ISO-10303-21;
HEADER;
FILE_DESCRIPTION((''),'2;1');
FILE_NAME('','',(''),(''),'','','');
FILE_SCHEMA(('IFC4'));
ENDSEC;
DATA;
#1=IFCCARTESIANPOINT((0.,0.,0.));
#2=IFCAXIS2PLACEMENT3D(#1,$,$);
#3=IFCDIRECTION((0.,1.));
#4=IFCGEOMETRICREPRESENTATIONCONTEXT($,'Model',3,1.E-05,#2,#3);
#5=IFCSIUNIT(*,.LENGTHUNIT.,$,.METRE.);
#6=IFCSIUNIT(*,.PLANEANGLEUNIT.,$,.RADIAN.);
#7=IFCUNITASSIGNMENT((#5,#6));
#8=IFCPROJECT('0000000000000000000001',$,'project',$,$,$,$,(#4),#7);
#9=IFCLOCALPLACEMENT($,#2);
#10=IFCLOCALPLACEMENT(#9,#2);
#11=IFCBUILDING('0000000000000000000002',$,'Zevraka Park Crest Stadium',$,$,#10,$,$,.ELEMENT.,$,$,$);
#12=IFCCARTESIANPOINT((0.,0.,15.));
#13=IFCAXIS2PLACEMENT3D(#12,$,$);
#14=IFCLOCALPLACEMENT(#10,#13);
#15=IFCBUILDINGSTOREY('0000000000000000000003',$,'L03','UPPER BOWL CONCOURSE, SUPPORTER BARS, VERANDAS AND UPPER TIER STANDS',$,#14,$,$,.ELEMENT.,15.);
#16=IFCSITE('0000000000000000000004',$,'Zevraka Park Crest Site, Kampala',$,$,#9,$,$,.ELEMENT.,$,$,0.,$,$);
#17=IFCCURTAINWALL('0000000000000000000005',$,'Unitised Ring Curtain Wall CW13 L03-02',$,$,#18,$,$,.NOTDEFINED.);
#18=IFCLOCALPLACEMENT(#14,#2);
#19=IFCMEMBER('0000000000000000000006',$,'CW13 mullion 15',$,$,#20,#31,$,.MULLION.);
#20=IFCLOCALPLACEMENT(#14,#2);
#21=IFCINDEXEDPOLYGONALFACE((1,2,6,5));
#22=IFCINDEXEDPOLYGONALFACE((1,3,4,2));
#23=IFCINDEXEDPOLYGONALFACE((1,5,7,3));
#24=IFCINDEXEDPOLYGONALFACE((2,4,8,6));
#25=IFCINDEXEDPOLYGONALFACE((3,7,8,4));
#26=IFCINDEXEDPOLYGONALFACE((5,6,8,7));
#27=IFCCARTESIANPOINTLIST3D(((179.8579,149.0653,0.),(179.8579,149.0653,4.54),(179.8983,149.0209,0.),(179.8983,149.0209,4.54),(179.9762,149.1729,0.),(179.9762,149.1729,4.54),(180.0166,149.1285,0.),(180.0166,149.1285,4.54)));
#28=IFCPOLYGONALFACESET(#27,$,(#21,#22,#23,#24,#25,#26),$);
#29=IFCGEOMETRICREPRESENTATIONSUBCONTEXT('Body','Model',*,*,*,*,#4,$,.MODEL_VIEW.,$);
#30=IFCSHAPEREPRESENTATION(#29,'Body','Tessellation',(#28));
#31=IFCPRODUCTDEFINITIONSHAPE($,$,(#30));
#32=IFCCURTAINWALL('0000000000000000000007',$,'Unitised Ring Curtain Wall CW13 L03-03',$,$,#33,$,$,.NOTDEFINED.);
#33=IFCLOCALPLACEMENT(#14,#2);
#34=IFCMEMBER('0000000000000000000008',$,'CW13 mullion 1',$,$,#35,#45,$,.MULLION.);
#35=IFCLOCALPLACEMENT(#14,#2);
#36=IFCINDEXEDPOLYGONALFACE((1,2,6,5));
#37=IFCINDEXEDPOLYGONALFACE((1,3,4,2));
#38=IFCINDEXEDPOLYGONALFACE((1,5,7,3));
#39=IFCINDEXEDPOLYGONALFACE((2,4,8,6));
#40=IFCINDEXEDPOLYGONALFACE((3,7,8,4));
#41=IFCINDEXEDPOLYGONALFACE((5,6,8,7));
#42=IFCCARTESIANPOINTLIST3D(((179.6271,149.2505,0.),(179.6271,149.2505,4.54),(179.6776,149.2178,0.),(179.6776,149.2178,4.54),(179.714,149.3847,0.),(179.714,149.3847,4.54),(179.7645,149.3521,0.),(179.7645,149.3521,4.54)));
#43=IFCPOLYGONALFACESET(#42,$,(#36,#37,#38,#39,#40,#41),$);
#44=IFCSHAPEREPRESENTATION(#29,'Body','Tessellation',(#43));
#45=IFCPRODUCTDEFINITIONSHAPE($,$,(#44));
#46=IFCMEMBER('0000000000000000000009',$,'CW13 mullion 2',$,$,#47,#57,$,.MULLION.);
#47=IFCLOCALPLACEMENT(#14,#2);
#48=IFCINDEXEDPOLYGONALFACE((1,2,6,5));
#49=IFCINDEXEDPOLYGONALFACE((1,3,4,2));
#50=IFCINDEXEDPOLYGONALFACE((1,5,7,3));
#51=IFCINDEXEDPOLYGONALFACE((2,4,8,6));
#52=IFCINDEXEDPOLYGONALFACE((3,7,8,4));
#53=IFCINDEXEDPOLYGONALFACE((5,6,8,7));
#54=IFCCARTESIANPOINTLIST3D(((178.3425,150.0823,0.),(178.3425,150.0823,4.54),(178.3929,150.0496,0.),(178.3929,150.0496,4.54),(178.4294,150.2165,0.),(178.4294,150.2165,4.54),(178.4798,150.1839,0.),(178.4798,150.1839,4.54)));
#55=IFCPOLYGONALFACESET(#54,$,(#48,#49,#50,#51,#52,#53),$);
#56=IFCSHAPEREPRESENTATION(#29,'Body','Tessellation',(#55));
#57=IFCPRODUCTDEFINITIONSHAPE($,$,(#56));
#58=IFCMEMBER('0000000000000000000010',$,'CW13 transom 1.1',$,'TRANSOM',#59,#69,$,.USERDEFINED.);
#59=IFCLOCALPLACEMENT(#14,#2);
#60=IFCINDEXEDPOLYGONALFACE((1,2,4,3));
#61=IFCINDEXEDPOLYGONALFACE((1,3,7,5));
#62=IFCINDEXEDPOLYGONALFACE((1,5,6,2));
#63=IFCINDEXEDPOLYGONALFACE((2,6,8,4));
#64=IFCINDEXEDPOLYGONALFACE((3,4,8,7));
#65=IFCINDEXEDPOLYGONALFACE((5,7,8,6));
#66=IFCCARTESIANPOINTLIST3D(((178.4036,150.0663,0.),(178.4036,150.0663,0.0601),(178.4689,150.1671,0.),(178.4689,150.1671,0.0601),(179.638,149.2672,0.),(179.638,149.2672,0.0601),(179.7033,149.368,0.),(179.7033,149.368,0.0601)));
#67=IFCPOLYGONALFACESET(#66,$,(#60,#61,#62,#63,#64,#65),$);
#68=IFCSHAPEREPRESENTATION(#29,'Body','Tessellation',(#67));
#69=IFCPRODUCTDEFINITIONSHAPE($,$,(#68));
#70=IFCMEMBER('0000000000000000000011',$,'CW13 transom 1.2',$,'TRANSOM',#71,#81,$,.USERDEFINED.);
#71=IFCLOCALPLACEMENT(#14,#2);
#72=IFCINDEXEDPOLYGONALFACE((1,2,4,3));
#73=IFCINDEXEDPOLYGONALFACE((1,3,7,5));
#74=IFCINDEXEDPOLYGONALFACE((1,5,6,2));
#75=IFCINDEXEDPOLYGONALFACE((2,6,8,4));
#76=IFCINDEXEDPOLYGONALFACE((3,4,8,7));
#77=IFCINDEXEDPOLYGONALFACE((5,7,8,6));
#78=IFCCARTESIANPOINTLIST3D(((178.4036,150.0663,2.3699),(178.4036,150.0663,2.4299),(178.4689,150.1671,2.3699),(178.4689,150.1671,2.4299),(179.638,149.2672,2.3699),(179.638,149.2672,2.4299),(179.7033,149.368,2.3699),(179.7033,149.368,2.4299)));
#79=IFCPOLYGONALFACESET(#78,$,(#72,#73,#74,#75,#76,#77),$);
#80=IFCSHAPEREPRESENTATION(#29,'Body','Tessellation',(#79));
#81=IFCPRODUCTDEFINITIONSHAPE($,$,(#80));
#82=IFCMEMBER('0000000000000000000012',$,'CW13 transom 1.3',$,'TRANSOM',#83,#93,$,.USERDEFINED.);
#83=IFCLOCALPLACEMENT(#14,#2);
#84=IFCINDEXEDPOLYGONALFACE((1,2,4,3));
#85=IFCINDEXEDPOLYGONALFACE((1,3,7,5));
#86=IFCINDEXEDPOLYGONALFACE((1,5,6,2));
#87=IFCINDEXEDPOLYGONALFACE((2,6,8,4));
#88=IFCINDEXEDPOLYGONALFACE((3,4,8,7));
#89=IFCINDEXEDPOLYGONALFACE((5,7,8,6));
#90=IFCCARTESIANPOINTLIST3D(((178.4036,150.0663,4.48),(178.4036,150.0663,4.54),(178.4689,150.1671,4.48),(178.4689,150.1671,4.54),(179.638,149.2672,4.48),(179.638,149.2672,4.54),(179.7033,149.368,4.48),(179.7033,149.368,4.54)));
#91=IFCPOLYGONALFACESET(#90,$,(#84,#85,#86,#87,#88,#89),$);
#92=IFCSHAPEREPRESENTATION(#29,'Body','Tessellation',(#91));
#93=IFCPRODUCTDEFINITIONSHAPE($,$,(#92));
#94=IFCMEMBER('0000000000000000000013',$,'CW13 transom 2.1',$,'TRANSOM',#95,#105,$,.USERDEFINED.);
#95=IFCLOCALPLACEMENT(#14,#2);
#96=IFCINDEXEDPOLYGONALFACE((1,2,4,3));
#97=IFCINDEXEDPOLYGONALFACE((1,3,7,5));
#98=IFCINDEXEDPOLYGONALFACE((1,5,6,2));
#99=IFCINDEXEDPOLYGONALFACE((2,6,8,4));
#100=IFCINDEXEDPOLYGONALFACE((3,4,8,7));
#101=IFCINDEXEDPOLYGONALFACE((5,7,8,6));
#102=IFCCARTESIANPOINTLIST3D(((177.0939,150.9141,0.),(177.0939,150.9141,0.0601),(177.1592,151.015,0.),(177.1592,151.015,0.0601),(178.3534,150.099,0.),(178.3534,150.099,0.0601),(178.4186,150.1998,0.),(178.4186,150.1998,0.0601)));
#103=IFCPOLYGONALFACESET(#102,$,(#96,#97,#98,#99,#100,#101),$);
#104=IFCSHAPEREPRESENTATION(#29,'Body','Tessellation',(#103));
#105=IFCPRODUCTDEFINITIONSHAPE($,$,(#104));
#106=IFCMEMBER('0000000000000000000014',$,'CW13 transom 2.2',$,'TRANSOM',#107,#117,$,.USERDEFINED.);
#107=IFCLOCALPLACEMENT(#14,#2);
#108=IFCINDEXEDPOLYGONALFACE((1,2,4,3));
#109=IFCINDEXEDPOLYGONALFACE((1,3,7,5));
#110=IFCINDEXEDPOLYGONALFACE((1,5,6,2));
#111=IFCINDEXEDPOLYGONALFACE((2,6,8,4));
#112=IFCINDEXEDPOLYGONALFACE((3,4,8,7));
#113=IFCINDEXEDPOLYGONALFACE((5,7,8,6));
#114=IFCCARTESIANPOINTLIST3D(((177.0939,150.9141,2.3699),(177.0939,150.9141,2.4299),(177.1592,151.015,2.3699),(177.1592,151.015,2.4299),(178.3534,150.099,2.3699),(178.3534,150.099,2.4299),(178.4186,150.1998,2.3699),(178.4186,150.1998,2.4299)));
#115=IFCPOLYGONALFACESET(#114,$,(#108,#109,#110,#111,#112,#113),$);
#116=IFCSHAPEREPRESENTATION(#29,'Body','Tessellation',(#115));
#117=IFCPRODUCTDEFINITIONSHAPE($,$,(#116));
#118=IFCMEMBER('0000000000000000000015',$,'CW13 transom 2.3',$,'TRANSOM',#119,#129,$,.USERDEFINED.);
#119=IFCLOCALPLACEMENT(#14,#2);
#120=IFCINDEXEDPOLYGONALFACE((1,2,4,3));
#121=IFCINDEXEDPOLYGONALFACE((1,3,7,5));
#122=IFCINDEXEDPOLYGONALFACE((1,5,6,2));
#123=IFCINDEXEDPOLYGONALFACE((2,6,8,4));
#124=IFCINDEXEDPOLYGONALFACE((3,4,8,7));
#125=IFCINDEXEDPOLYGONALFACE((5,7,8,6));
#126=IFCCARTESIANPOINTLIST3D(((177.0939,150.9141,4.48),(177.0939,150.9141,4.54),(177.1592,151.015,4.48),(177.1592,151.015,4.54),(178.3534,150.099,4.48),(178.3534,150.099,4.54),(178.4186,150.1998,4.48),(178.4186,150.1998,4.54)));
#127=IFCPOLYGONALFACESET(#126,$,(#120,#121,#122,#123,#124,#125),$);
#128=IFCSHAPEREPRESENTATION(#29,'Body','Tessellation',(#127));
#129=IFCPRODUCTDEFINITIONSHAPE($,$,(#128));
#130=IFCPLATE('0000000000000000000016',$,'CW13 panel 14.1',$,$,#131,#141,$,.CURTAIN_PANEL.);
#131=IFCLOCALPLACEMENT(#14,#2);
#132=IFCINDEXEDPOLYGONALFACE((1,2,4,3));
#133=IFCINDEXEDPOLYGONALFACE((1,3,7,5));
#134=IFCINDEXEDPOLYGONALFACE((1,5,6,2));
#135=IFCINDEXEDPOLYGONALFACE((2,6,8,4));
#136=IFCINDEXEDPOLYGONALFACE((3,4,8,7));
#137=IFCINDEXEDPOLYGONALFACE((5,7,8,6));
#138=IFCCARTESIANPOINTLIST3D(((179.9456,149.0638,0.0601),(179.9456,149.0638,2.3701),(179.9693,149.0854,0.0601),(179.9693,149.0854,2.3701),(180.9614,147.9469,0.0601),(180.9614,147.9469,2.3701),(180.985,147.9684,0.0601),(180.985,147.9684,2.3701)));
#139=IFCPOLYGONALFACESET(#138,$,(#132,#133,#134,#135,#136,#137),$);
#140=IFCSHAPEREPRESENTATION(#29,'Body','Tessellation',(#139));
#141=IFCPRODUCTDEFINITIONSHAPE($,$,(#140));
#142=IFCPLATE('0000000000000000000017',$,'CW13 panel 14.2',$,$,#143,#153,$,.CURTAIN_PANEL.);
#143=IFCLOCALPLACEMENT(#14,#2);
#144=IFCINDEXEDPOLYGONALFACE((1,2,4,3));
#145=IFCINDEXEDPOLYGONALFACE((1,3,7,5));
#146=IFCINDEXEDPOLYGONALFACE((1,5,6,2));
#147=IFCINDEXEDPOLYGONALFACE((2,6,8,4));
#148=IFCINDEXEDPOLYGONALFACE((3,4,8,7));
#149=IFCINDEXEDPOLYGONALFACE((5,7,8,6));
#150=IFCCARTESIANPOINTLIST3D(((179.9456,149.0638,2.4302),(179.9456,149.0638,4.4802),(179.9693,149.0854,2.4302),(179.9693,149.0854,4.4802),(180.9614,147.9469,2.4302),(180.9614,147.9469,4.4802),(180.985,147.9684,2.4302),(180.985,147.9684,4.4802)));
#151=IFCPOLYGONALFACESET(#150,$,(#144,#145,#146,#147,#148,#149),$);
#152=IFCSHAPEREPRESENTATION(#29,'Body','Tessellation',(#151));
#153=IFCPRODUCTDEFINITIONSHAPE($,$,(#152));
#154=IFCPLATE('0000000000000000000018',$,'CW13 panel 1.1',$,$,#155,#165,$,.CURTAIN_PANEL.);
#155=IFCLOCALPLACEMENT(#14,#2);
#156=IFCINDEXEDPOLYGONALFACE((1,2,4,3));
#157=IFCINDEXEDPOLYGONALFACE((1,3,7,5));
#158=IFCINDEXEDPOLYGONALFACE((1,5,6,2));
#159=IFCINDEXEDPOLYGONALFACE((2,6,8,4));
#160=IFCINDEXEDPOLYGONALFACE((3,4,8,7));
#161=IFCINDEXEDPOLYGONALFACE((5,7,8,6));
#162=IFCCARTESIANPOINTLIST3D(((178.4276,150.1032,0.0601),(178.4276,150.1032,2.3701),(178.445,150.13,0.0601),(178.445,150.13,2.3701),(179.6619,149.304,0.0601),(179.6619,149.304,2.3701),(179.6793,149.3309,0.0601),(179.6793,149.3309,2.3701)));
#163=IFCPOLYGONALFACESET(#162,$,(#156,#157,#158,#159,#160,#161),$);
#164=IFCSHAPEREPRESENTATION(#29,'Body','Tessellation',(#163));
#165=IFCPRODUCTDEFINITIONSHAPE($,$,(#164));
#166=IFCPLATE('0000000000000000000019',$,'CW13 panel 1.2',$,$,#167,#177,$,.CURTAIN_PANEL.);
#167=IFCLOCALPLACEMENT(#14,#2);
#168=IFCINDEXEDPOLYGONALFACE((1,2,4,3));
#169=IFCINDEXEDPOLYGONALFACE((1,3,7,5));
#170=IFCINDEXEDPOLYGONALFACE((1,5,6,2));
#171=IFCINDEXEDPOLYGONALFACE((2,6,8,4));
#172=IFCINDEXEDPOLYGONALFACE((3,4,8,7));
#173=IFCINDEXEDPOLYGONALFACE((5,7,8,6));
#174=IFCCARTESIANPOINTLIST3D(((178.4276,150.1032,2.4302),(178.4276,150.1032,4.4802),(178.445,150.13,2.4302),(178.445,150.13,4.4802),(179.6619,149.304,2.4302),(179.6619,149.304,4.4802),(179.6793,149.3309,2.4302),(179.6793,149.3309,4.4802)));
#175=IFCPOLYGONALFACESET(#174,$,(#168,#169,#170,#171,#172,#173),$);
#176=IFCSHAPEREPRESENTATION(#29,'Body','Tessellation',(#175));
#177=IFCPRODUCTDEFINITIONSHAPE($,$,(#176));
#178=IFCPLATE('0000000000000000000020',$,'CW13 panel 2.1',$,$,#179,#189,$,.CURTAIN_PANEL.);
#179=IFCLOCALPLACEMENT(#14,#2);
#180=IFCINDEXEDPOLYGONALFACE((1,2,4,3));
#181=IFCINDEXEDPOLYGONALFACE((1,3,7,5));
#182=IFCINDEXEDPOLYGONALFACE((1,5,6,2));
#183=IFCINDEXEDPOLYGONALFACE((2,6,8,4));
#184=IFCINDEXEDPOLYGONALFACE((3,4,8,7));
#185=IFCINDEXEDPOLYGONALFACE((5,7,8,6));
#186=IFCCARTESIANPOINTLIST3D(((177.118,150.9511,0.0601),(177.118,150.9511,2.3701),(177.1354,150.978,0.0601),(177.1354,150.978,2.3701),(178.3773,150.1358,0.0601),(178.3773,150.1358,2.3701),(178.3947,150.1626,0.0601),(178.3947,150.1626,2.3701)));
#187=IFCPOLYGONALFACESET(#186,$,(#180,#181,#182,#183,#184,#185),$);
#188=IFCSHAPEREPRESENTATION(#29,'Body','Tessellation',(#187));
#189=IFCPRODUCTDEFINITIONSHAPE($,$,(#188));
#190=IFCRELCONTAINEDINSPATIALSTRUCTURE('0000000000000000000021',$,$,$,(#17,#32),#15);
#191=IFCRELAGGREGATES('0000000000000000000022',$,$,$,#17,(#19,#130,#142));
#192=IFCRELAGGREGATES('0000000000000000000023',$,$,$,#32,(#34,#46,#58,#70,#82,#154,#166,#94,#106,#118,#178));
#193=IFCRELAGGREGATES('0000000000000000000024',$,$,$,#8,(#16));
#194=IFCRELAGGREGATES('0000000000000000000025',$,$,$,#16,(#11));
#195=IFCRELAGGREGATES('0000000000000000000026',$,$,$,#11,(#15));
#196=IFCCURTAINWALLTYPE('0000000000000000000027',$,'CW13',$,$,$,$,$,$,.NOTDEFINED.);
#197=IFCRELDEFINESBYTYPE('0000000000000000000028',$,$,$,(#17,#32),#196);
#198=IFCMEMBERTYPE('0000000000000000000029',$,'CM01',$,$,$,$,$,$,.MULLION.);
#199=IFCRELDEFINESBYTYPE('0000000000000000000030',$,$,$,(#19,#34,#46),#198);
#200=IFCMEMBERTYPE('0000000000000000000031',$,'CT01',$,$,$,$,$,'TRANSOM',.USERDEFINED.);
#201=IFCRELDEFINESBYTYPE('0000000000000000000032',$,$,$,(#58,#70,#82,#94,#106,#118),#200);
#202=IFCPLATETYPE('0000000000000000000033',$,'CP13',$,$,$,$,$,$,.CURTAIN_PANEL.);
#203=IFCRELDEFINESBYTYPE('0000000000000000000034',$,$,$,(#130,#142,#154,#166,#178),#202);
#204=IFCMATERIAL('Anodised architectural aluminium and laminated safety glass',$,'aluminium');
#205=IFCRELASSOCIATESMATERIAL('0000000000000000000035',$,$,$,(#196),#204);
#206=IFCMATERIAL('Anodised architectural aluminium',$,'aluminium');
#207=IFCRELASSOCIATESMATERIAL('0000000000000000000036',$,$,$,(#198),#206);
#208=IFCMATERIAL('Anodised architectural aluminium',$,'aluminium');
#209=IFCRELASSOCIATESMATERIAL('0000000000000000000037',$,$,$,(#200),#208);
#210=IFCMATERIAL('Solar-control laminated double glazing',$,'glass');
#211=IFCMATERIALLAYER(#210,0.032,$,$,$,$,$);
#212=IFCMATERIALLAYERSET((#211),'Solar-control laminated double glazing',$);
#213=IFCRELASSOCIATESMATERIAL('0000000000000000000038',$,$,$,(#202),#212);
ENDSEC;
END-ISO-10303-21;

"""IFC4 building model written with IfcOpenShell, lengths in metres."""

from ifc_helpers import new_model, si_unit, direction, frame, origin, origin_2d, place, context, subcontext, project, spatial, rectangle, extrude, material, layer, layer_set, material_profile, profile_set, type_object, element, aggregate, save


model = new_model("IFC4")

# Units and contexts
model_context = context("Model", 3, precision=1e-05, world=origin(), true_north=direction((0.0, 1.0)))
body_context = subcontext(model_context, "Body", "Model", "MODEL_VIEW")
ifc_project = project(units=[si_unit("LENGTHUNIT", "METRE"), si_unit("PLANEANGLEUNIT", "RADIAN")], contexts=[model_context])

# Site, building, storey
site_placement = place(None, origin())
site = spatial("IfcSite", under=ifc_project, at=site_placement, Name="Zevraka Park Crest Site, Kampala", CompositionType="ELEMENT", RefElevation=0.0)
building_placement = place(site_placement, origin())
building = spatial("IfcBuilding", under=site, at=building_placement, Name="Zevraka Park Crest Stadium", CompositionType="ELEMENT")
storey_placement = place(building_placement, frame((0.0, 0.0, 15.0)))
storey = spatial("IfcBuildingStorey", under=building, at=storey_placement, Name="L03", Description="UPPER BOWL CONCOURSE, SUPPORTER BARS, VERANDAS AND UPPER TIER STANDS", CompositionType="ELEMENT", Elevation=15.0)

# Curtain wall, member
ifc_material_1 = material(Name="Anodised architectural aluminium and laminated safety glass", Category="aluminium")
curtain_wall_type = type_object("IfcCurtainWallType", Name="CW13", PredefinedType="NOTDEFINED", material=ifc_material_1)
curtain_wall_1_placement = place(storey_placement, origin())
curtain_wall_1 = element("IfcCurtainWall", 1, at=curtain_wall_1_placement, inside=storey, type_object=curtain_wall_type, Name="Unitised Ring Curtain Wall CW13 L03-02", PredefinedType="NOTDEFINED")
ifc_material_2 = material(Name="Anodised architectural aluminium", Category="aluminium")
ifc_material_profile_1 = material_profile(ifc_material_2, rectangle(XDim=0.1599, YDim=0.0601, at=origin_2d()), Name="ALU MULLION 160x60")
ifc_profile_set_1 = profile_set([ifc_material_profile_1], Name="Anodised architectural aluminium")
member_type_1 = type_object("IfcMemberType", Name="CM01", PredefinedType="MULLION", material=ifc_profile_set_1)
member_1_placement = place(storey_placement, frame((179.9373, 149.0969, 0.0), z_axis=(0.0, 0.0, 1.0), x_axis=(-0.739823, -0.672802, 0.0)))
member_1 = element("IfcMember", 2, at=member_1_placement, type_object=member_type_1, Name="CW13 mullion 15", PredefinedType="MULLION", context=body_context, shape_type="SweptSolid", body=[
    extrude(rectangle(XDim=0.1599, YDim=0.0601, at=origin_2d()), origin(), (0.0, 0.0, 1.0), 4.54),
])

# Curtain wall, members
curtain_wall_2_placement = place(storey_placement, origin())
curtain_wall_2 = element("IfcCurtainWall", 3, at=curtain_wall_2_placement, inside=storey, type_object=curtain_wall_type, Name="Unitised Ring Curtain Wall CW13 L03-03", PredefinedType="NOTDEFINED")
member_2_placement = place(storey_placement, frame((179.6958, 149.3013, 0.0), z_axis=(0.0, 0.0, 1.0), x_axis=(-0.543469, -0.839429, 0.0)))
member_2 = element("IfcMember", 4, at=member_2_placement, type_object=member_type_1, Name="CW13 mullion 1", PredefinedType="MULLION", context=body_context, shape_type="SweptSolid", body=[
    extrude(rectangle(XDim=0.1599, YDim=0.0601, at=origin_2d()), origin(), (0.0, 0.0, 1.0), 4.54),
])
member_3_placement = place(storey_placement, frame((178.4111, 150.1331, 0.0), z_axis=(0.0, 0.0, 1.0), x_axis=(-0.543469, -0.839429, 0.0)))
member_3 = element("IfcMember", 5, at=member_3_placement, type_object=member_type_1, Name="CW13 mullion 2", PredefinedType="MULLION", context=body_context, shape_type="SweptSolid", body=[
    extrude(rectangle(XDim=0.1599, YDim=0.0601, at=origin_2d()), origin(), (0.0, 0.0, 1.0), 4.54),
])
ifc_material_3 = material(Name="Anodised architectural aluminium", Category="aluminium")
ifc_material_profile_2 = material_profile(ifc_material_3, rectangle(XDim=0.1201, YDim=0.0601, at=origin_2d()), Name="ALU TRANSOM 120x60")
ifc_profile_set_2 = profile_set([ifc_material_profile_2], Name="Anodised architectural aluminium")
member_type_2 = type_object("IfcMemberType", Name="CT01", ElementType="TRANSOM", PredefinedType="USERDEFINED", material=ifc_profile_set_2)
member_4_placement = place(storey_placement, frame((179.6707, 149.3176, 0.03), z_axis=(-0.839459, 0.543423, 0.0), x_axis=(-0.543423, -0.839459, 0.0)))
member_4 = element("IfcMember", 6, at=member_4_placement, type_object=member_type_2, Name="CW13 transom 1.1", ObjectType="TRANSOM", PredefinedType="USERDEFINED", context=body_context, shape_type="SweptSolid", body=[
    extrude(rectangle(XDim=0.1201, YDim=0.0601, at=origin_2d()), origin(), (0.0, 0.0, 1.0), 1.4705),
])
member_5_placement = place(storey_placement, frame((179.6707, 149.3176, 2.3999), z_axis=(-0.839459, 0.543423, 0.0), x_axis=(-0.543423, -0.839459, 0.0)))
member_5 = element("IfcMember", 7, at=member_5_placement, type_object=member_type_2, Name="CW13 transom 1.2", ObjectType="TRANSOM", PredefinedType="USERDEFINED", context=body_context, shape_type="SweptSolid", body=[
    extrude(rectangle(XDim=0.1201, YDim=0.0601, at=origin_2d()), origin(), (0.0, 0.0, 1.0), 1.4705),
])
member_6_placement = place(storey_placement, frame((179.6707, 149.3176, 4.51), z_axis=(-0.839459, 0.543423, 0.0), x_axis=(-0.543423, -0.839459, 0.0)))
member_6 = element("IfcMember", 8, at=member_6_placement, type_object=member_type_2, Name="CW13 transom 1.3", ObjectType="TRANSOM", PredefinedType="USERDEFINED", context=body_context, shape_type="SweptSolid", body=[
    extrude(rectangle(XDim=0.1201, YDim=0.0601, at=origin_2d()), origin(), (0.0, 0.0, 1.0), 1.4705),
])
member_7_placement = place(storey_placement, frame((178.386, 150.1494, 0.03), z_axis=(-0.839509, 0.543346, 0.0), x_axis=(-0.543346, -0.839509, 0.0)))
member_7 = element("IfcMember", 9, at=member_7_placement, type_object=member_type_2, Name="CW13 transom 2.1", ObjectType="TRANSOM", PredefinedType="USERDEFINED", context=body_context, shape_type="SweptSolid", body=[
    extrude(rectangle(XDim=0.1201, YDim=0.0601, at=origin_2d()), origin(), (0.0, 0.0, 1.0), 1.5002),
])
member_8_placement = place(storey_placement, frame((178.386, 150.1494, 2.3999), z_axis=(-0.839509, 0.543346, 0.0), x_axis=(-0.543346, -0.839509, 0.0)))
member_8 = element("IfcMember", 10, at=member_8_placement, type_object=member_type_2, Name="CW13 transom 2.2", ObjectType="TRANSOM", PredefinedType="USERDEFINED", context=body_context, shape_type="SweptSolid", body=[
    extrude(rectangle(XDim=0.1201, YDim=0.0601, at=origin_2d()), origin(), (0.0, 0.0, 1.0), 1.5002),
])
member_9_placement = place(storey_placement, frame((178.386, 150.1494, 4.51), z_axis=(-0.839509, 0.543346, 0.0), x_axis=(-0.543346, -0.839509, 0.0)))
member_9 = element("IfcMember", 11, at=member_9_placement, type_object=member_type_2, Name="CW13 transom 2.3", ObjectType="TRANSOM", PredefinedType="USERDEFINED", context=body_context, shape_type="SweptSolid", body=[
    extrude(rectangle(XDim=0.1201, YDim=0.0601, at=origin_2d()), origin(), (0.0, 0.0, 1.0), 1.5002),
])

# Plates
ifc_material_4 = material(Name="Solar-control laminated double glazing", Category="glass")
ifc_layer_1 = layer(ifc_material_4, 0.032)
ifc_layer_set_1 = layer_set([ifc_layer_1], Name="Solar-control laminated double glazing")
plate_type = type_object("IfcPlateType", Name="CP13", PredefinedType="CURTAIN_PANEL", material=ifc_layer_set_1)
plate_1_placement = place(storey_placement, frame((180.4653, 148.5161, 0.0601), z_axis=(0.0, 0.0, 1.0), x_axis=(-0.672802, 0.739823, 0.0)))
plate_1 = element("IfcPlate", 12, at=plate_1_placement, type_object=plate_type, Name="CW13 panel 14.1", PredefinedType="CURTAIN_PANEL", context=body_context, shape_type="SweptSolid", body=[
    extrude(rectangle(XDim=1.5098, YDim=0.032, at=origin_2d()), origin(), (0.0, 0.0, 1.0), 2.3101),
])
plate_2_placement = place(storey_placement, frame((180.4653, 148.5161, 2.4302), z_axis=(0.0, 0.0, 1.0), x_axis=(-0.672802, 0.739823, 0.0)))
plate_2 = element("IfcPlate", 13, at=plate_2_placement, type_object=plate_type, Name="CW13 panel 14.2", PredefinedType="CURTAIN_PANEL", context=body_context, shape_type="SweptSolid", body=[
    extrude(rectangle(XDim=1.5098, YDim=0.032, at=origin_2d()), origin(), (0.0, 0.0, 1.0), 2.05),
])
aggregate(curtain_wall_1, [member_1, plate_1, plate_2])
plate_3_placement = place(storey_placement, frame((179.0535, 149.717, 0.0601), z_axis=(0.0, 0.0, 1.0), x_axis=(-0.839429, 0.543469, 0.0)))
plate_3 = element("IfcPlate", 14, at=plate_3_placement, type_object=plate_type, Name="CW13 panel 1.1", PredefinedType="CURTAIN_PANEL", context=body_context, shape_type="SweptSolid", body=[
    extrude(rectangle(XDim=1.4705, YDim=0.032, at=origin_2d()), origin(), (0.0, 0.0, 1.0), 2.3101),
])
plate_4_placement = place(storey_placement, frame((179.0535, 149.717, 2.4302), z_axis=(0.0, 0.0, 1.0), x_axis=(-0.839429, 0.543469, 0.0)))
plate_4 = element("IfcPlate", 15, at=plate_4_placement, type_object=plate_type, Name="CW13 panel 1.2", PredefinedType="CURTAIN_PANEL", context=body_context, shape_type="SweptSolid", body=[
    extrude(rectangle(XDim=1.4705, YDim=0.032, at=origin_2d()), origin(), (0.0, 0.0, 1.0), 2.05),
])
plate_5_placement = place(storey_placement, frame((177.7563, 150.5569, 0.0601), z_axis=(0.0, 0.0, 1.0), x_axis=(-0.839429, 0.543469, 0.0)))
plate_5 = element("IfcPlate", 16, at=plate_5_placement, type_object=plate_type, Name="CW13 panel 2.1", PredefinedType="CURTAIN_PANEL", context=body_context, shape_type="SweptSolid", body=[
    extrude(rectangle(XDim=1.5002, YDim=0.032, at=origin_2d()), origin(), (0.0, 0.0, 1.0), 2.3101),
])
aggregate(curtain_wall_2, [member_2, member_3, member_4, member_5, member_6, plate_3, plate_4, member_7, member_8, member_9, plate_5])

save(model, "model.ifc")
